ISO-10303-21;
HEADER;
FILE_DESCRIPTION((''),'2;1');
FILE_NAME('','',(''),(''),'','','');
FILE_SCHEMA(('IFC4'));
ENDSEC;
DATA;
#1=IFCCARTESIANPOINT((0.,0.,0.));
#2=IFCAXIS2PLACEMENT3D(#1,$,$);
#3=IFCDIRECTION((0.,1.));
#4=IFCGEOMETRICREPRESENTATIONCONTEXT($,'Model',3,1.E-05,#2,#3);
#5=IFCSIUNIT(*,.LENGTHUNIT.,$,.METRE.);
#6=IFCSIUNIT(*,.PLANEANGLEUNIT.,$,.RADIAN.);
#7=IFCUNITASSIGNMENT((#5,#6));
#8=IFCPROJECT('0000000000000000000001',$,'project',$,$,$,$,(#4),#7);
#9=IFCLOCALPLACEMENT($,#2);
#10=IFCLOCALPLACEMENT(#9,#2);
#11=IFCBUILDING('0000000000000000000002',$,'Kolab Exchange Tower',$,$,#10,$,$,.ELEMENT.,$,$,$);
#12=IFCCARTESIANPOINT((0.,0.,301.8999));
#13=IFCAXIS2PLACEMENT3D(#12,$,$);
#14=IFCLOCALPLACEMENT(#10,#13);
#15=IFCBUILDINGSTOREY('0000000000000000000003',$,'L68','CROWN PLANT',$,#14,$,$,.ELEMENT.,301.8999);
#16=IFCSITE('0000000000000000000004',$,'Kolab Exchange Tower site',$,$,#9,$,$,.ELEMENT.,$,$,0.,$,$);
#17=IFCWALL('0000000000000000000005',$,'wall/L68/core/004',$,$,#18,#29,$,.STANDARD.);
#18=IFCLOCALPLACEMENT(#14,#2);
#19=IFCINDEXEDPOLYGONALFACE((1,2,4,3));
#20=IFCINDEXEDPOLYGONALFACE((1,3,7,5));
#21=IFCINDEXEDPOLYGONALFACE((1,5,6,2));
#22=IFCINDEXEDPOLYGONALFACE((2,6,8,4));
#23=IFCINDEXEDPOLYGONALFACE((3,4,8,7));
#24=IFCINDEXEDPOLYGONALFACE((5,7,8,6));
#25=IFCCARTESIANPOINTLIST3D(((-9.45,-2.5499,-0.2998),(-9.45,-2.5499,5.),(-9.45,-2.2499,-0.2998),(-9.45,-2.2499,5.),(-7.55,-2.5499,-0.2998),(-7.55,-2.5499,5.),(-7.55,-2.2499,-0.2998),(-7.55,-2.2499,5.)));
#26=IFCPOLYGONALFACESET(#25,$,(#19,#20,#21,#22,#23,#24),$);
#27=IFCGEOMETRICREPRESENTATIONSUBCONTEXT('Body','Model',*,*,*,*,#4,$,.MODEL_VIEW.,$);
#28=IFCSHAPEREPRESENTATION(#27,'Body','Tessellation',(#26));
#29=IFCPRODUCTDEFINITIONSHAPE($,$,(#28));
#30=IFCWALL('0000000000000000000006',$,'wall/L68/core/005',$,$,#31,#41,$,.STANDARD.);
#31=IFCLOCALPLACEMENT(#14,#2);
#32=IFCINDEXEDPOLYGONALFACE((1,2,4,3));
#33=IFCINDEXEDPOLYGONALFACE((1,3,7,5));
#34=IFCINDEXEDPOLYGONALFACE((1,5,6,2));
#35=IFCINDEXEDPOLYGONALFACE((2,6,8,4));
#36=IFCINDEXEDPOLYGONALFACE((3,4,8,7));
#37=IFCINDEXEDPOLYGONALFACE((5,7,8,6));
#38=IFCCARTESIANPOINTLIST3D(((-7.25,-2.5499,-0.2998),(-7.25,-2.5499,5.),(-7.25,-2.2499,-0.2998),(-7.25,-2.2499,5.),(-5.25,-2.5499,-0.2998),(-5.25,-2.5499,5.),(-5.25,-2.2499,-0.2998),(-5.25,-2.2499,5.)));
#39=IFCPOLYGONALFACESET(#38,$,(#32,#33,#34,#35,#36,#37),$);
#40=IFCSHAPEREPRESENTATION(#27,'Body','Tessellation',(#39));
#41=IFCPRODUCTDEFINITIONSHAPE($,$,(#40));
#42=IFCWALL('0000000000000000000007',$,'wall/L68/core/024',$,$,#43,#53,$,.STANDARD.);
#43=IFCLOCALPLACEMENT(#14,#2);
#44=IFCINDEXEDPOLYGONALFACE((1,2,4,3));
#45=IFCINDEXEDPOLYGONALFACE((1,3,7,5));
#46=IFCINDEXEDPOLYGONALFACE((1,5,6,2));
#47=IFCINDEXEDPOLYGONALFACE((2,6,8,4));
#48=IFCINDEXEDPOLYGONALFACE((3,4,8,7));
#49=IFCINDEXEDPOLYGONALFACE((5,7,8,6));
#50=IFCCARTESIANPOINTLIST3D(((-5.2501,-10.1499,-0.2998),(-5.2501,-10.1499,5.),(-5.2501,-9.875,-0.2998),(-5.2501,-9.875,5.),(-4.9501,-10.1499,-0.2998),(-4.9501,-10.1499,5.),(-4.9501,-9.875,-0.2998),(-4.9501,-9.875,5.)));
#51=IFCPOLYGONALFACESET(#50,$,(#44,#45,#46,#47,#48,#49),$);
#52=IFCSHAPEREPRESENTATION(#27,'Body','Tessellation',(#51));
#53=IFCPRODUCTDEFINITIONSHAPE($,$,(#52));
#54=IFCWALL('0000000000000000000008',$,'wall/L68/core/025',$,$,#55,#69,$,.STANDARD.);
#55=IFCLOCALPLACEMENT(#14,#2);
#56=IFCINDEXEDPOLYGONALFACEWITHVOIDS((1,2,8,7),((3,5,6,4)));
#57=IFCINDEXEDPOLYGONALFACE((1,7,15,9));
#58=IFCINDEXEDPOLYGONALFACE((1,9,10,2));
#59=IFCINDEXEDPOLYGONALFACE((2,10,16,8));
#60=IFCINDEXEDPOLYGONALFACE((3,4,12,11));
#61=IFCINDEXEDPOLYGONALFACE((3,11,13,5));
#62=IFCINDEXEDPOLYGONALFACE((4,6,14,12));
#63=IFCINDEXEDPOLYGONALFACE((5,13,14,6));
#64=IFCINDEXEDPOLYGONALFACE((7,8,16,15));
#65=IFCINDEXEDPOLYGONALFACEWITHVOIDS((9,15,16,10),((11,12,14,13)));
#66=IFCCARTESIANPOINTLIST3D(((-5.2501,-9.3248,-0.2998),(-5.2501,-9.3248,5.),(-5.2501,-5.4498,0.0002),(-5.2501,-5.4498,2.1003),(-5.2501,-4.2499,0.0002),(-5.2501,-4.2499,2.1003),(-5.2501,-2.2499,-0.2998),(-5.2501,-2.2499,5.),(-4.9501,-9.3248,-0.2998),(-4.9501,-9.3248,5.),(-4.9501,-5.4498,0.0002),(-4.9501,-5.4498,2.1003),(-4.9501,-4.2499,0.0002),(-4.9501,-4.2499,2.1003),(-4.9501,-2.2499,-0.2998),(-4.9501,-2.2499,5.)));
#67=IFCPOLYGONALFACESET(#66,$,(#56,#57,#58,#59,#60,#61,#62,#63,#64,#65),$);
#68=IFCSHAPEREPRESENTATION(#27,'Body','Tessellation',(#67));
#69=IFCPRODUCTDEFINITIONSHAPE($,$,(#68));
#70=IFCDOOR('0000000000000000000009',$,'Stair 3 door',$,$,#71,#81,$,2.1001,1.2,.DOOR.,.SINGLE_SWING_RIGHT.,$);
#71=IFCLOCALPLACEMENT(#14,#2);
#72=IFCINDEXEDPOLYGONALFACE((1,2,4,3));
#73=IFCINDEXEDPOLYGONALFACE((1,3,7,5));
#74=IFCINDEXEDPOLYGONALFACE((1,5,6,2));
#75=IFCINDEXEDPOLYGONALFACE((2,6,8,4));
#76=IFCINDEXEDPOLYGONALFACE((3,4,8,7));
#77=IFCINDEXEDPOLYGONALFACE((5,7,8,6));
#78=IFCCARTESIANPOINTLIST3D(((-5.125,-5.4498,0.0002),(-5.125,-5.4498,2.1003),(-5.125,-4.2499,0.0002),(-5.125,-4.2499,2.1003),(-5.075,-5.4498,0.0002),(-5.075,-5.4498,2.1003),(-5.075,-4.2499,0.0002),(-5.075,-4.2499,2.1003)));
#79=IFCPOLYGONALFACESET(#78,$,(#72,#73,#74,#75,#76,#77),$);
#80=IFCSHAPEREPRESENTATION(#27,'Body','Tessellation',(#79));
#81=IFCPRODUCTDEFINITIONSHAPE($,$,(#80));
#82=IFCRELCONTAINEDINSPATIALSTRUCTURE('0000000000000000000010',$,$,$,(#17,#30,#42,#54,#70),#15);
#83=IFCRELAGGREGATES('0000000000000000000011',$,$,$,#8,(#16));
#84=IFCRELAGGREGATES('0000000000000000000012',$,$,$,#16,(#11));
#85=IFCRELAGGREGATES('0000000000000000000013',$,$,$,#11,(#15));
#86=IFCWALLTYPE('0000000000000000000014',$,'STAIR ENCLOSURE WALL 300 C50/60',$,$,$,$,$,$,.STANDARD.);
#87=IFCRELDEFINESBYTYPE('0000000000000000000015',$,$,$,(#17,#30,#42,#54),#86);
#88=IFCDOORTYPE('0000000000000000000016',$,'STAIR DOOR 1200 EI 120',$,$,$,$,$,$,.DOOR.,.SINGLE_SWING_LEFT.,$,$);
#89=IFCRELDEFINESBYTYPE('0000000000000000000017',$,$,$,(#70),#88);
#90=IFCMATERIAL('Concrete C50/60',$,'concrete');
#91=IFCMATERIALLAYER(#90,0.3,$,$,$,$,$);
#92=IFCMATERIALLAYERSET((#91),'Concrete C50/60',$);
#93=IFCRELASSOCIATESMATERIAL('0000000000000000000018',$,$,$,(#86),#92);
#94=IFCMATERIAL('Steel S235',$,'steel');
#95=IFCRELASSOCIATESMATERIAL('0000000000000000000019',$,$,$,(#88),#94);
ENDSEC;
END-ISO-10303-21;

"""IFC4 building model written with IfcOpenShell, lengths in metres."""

from ifc_helpers import new_model, si_unit, direction, frame, frame_2d, origin, place, context, subcontext, project, spatial, rectangle, extrude, material, layer, layer_set, type_object, element, fill, save


model = new_model("IFC4")

# Units and contexts
model_context = context("Model", 3, precision=1e-05, world=origin(), true_north=direction((0.0, 1.0)))
body_context = subcontext(model_context, "Body", "Model", "MODEL_VIEW")
ifc_project = project(units=[si_unit("LENGTHUNIT", "METRE"), si_unit("PLANEANGLEUNIT", "RADIAN")], contexts=[model_context])

# Site, building, storey
site_placement = place(None, origin())
site = spatial("IfcSite", under=ifc_project, at=site_placement, Name="Kolab Exchange Tower site", CompositionType="ELEMENT", RefElevation=0.0)
building_placement = place(site_placement, origin())
building = spatial("IfcBuilding", under=site, at=building_placement, Name="Kolab Exchange Tower", CompositionType="ELEMENT")
storey_placement = place(building_placement, frame((0.0, 0.0, 301.8999)))
storey = spatial("IfcBuildingStorey", under=building, at=storey_placement, Name="L68", Description="CROWN PLANT", CompositionType="ELEMENT", Elevation=301.8999)

# Shared definitions
ifc_material_1 = material(Name="Concrete C50/60", Category="concrete")

# Shared definitions
ifc_material_2 = material(Name="Steel S235", Category="steel")

# Walls
ifc_layer_1 = layer(ifc_material_1, 0.3)
ifc_layer_set_1 = layer_set([ifc_layer_1], Name="Concrete C50/60")
wall_type_1 = type_object("IfcWallType", Name="STAIR ENCLOSURE WALL 300 C50/60", PredefinedType="STANDARD", material=ifc_layer_set_1)
wall_1_placement = place(storey_placement, frame((-9.45, -2.3999, -0.2998), z_axis=(0.0, 0.0, 1.0), x_axis=(1.0, 0.0, 0.0)))
element("IfcWall", 1, at=wall_1_placement, inside=storey, type_object=wall_type_1, Name="wall/L68/core/004", PredefinedType="STANDARD", context=body_context, shape_type="SweptSolid", body=[
    extrude(rectangle(XDim=1.8999, YDim=0.3, at=frame_2d((0.95, 0.0))), origin(), (0.0, 0.0, 1.0), 5.2998),
])
wall_2_placement = place(storey_placement, frame((-7.25, -2.3999, -0.2998), z_axis=(0.0, 0.0, 1.0), x_axis=(1.0, 0.0, 0.0)))
element("IfcWall", 2, at=wall_2_placement, inside=storey, type_object=wall_type_1, Name="wall/L68/core/005", PredefinedType="STANDARD", context=body_context, shape_type="SweptSolid", body=[
    extrude(rectangle(XDim=2.0, YDim=0.3, at=frame_2d((1.0, 0.0))), origin(), (0.0, 0.0, 1.0), 5.2998),
])
wall_3_placement = place(storey_placement, frame((-5.1001, -10.1499, -0.2998), z_axis=(0.0, 0.0, 1.0), x_axis=(0.0, 1.0, 0.0)))
element("IfcWall", 3, at=wall_3_placement, inside=storey, type_object=wall_type_1, Name="wall/L68/core/024", PredefinedType="STANDARD", context=body_context, shape_type="SweptSolid", body=[
    extrude(rectangle(XDim=0.2749, YDim=0.3, at=frame_2d((0.1375, 0.0))), origin(), (0.0, 0.0, 1.0), 5.2998),
])

# Wall, opening, door
wall_4_placement = place(storey_placement, frame((-5.1001, -9.325, -0.2998), z_axis=(0.0, 0.0, 1.0), x_axis=(0.0, 1.0, 0.0)))
wall_4 = element("IfcWall", 4, at=wall_4_placement, inside=storey, type_object=wall_type_1, Name="wall/L68/core/025", PredefinedType="STANDARD", context=body_context, shape_type="SweptSolid", body=[
    extrude(rectangle(XDim=7.075, YDim=0.3, at=frame_2d((3.5376, 0.0))), origin(), (0.0, 0.0, 1.0), 5.2998),
])
opening_1_placement = place(wall_4_placement, frame((3.875, 0.0, 0.3)))
opening_1 = element("IfcOpeningElement", 5, at=opening_1_placement, cuts=wall_4, PredefinedType="OPENING", context=body_context, shape_type="SweptSolid", body=[
    extrude(rectangle(XDim=1.2, YDim=2.1001, at=frame_2d((0.6001, 1.05))), frame((0.0, 0.1602, 0.0), z_axis=(0.0, -1.0, 0.0), x_axis=(1.0, 0.0, 0.0)), (0.0, 0.0, 1.0), 0.3201),
])
door_type_1 = type_object("IfcDoorType", Name="STAIR DOOR 1200 EI 120", OperationType="SINGLE_SWING_LEFT", PredefinedType="DOOR", material=ifc_material_2)
door_1_placement = place(opening_1_placement, origin())
door_1 = element("IfcDoor", 6, at=door_1_placement, inside=storey, type_object=door_type_1, Name="Stair 3 door", OperationType="SINGLE_SWING_RIGHT", OverallHeight=2.1001, OverallWidth=1.2, PredefinedType="DOOR", context=body_context, shape_type="SweptSolid", body=[
    extrude(rectangle(XDim=1.2, YDim=2.1001, at=frame_2d((0.6001, 1.05))), frame((0.0, 0.0249, 0.0), z_axis=(0.0, -1.0, 0.0), x_axis=(1.0, 0.0, 0.0)), (0.0, 0.0, 1.0), 0.05),
])
fill(opening_1, door_1)

save(model, "model.ifc")
